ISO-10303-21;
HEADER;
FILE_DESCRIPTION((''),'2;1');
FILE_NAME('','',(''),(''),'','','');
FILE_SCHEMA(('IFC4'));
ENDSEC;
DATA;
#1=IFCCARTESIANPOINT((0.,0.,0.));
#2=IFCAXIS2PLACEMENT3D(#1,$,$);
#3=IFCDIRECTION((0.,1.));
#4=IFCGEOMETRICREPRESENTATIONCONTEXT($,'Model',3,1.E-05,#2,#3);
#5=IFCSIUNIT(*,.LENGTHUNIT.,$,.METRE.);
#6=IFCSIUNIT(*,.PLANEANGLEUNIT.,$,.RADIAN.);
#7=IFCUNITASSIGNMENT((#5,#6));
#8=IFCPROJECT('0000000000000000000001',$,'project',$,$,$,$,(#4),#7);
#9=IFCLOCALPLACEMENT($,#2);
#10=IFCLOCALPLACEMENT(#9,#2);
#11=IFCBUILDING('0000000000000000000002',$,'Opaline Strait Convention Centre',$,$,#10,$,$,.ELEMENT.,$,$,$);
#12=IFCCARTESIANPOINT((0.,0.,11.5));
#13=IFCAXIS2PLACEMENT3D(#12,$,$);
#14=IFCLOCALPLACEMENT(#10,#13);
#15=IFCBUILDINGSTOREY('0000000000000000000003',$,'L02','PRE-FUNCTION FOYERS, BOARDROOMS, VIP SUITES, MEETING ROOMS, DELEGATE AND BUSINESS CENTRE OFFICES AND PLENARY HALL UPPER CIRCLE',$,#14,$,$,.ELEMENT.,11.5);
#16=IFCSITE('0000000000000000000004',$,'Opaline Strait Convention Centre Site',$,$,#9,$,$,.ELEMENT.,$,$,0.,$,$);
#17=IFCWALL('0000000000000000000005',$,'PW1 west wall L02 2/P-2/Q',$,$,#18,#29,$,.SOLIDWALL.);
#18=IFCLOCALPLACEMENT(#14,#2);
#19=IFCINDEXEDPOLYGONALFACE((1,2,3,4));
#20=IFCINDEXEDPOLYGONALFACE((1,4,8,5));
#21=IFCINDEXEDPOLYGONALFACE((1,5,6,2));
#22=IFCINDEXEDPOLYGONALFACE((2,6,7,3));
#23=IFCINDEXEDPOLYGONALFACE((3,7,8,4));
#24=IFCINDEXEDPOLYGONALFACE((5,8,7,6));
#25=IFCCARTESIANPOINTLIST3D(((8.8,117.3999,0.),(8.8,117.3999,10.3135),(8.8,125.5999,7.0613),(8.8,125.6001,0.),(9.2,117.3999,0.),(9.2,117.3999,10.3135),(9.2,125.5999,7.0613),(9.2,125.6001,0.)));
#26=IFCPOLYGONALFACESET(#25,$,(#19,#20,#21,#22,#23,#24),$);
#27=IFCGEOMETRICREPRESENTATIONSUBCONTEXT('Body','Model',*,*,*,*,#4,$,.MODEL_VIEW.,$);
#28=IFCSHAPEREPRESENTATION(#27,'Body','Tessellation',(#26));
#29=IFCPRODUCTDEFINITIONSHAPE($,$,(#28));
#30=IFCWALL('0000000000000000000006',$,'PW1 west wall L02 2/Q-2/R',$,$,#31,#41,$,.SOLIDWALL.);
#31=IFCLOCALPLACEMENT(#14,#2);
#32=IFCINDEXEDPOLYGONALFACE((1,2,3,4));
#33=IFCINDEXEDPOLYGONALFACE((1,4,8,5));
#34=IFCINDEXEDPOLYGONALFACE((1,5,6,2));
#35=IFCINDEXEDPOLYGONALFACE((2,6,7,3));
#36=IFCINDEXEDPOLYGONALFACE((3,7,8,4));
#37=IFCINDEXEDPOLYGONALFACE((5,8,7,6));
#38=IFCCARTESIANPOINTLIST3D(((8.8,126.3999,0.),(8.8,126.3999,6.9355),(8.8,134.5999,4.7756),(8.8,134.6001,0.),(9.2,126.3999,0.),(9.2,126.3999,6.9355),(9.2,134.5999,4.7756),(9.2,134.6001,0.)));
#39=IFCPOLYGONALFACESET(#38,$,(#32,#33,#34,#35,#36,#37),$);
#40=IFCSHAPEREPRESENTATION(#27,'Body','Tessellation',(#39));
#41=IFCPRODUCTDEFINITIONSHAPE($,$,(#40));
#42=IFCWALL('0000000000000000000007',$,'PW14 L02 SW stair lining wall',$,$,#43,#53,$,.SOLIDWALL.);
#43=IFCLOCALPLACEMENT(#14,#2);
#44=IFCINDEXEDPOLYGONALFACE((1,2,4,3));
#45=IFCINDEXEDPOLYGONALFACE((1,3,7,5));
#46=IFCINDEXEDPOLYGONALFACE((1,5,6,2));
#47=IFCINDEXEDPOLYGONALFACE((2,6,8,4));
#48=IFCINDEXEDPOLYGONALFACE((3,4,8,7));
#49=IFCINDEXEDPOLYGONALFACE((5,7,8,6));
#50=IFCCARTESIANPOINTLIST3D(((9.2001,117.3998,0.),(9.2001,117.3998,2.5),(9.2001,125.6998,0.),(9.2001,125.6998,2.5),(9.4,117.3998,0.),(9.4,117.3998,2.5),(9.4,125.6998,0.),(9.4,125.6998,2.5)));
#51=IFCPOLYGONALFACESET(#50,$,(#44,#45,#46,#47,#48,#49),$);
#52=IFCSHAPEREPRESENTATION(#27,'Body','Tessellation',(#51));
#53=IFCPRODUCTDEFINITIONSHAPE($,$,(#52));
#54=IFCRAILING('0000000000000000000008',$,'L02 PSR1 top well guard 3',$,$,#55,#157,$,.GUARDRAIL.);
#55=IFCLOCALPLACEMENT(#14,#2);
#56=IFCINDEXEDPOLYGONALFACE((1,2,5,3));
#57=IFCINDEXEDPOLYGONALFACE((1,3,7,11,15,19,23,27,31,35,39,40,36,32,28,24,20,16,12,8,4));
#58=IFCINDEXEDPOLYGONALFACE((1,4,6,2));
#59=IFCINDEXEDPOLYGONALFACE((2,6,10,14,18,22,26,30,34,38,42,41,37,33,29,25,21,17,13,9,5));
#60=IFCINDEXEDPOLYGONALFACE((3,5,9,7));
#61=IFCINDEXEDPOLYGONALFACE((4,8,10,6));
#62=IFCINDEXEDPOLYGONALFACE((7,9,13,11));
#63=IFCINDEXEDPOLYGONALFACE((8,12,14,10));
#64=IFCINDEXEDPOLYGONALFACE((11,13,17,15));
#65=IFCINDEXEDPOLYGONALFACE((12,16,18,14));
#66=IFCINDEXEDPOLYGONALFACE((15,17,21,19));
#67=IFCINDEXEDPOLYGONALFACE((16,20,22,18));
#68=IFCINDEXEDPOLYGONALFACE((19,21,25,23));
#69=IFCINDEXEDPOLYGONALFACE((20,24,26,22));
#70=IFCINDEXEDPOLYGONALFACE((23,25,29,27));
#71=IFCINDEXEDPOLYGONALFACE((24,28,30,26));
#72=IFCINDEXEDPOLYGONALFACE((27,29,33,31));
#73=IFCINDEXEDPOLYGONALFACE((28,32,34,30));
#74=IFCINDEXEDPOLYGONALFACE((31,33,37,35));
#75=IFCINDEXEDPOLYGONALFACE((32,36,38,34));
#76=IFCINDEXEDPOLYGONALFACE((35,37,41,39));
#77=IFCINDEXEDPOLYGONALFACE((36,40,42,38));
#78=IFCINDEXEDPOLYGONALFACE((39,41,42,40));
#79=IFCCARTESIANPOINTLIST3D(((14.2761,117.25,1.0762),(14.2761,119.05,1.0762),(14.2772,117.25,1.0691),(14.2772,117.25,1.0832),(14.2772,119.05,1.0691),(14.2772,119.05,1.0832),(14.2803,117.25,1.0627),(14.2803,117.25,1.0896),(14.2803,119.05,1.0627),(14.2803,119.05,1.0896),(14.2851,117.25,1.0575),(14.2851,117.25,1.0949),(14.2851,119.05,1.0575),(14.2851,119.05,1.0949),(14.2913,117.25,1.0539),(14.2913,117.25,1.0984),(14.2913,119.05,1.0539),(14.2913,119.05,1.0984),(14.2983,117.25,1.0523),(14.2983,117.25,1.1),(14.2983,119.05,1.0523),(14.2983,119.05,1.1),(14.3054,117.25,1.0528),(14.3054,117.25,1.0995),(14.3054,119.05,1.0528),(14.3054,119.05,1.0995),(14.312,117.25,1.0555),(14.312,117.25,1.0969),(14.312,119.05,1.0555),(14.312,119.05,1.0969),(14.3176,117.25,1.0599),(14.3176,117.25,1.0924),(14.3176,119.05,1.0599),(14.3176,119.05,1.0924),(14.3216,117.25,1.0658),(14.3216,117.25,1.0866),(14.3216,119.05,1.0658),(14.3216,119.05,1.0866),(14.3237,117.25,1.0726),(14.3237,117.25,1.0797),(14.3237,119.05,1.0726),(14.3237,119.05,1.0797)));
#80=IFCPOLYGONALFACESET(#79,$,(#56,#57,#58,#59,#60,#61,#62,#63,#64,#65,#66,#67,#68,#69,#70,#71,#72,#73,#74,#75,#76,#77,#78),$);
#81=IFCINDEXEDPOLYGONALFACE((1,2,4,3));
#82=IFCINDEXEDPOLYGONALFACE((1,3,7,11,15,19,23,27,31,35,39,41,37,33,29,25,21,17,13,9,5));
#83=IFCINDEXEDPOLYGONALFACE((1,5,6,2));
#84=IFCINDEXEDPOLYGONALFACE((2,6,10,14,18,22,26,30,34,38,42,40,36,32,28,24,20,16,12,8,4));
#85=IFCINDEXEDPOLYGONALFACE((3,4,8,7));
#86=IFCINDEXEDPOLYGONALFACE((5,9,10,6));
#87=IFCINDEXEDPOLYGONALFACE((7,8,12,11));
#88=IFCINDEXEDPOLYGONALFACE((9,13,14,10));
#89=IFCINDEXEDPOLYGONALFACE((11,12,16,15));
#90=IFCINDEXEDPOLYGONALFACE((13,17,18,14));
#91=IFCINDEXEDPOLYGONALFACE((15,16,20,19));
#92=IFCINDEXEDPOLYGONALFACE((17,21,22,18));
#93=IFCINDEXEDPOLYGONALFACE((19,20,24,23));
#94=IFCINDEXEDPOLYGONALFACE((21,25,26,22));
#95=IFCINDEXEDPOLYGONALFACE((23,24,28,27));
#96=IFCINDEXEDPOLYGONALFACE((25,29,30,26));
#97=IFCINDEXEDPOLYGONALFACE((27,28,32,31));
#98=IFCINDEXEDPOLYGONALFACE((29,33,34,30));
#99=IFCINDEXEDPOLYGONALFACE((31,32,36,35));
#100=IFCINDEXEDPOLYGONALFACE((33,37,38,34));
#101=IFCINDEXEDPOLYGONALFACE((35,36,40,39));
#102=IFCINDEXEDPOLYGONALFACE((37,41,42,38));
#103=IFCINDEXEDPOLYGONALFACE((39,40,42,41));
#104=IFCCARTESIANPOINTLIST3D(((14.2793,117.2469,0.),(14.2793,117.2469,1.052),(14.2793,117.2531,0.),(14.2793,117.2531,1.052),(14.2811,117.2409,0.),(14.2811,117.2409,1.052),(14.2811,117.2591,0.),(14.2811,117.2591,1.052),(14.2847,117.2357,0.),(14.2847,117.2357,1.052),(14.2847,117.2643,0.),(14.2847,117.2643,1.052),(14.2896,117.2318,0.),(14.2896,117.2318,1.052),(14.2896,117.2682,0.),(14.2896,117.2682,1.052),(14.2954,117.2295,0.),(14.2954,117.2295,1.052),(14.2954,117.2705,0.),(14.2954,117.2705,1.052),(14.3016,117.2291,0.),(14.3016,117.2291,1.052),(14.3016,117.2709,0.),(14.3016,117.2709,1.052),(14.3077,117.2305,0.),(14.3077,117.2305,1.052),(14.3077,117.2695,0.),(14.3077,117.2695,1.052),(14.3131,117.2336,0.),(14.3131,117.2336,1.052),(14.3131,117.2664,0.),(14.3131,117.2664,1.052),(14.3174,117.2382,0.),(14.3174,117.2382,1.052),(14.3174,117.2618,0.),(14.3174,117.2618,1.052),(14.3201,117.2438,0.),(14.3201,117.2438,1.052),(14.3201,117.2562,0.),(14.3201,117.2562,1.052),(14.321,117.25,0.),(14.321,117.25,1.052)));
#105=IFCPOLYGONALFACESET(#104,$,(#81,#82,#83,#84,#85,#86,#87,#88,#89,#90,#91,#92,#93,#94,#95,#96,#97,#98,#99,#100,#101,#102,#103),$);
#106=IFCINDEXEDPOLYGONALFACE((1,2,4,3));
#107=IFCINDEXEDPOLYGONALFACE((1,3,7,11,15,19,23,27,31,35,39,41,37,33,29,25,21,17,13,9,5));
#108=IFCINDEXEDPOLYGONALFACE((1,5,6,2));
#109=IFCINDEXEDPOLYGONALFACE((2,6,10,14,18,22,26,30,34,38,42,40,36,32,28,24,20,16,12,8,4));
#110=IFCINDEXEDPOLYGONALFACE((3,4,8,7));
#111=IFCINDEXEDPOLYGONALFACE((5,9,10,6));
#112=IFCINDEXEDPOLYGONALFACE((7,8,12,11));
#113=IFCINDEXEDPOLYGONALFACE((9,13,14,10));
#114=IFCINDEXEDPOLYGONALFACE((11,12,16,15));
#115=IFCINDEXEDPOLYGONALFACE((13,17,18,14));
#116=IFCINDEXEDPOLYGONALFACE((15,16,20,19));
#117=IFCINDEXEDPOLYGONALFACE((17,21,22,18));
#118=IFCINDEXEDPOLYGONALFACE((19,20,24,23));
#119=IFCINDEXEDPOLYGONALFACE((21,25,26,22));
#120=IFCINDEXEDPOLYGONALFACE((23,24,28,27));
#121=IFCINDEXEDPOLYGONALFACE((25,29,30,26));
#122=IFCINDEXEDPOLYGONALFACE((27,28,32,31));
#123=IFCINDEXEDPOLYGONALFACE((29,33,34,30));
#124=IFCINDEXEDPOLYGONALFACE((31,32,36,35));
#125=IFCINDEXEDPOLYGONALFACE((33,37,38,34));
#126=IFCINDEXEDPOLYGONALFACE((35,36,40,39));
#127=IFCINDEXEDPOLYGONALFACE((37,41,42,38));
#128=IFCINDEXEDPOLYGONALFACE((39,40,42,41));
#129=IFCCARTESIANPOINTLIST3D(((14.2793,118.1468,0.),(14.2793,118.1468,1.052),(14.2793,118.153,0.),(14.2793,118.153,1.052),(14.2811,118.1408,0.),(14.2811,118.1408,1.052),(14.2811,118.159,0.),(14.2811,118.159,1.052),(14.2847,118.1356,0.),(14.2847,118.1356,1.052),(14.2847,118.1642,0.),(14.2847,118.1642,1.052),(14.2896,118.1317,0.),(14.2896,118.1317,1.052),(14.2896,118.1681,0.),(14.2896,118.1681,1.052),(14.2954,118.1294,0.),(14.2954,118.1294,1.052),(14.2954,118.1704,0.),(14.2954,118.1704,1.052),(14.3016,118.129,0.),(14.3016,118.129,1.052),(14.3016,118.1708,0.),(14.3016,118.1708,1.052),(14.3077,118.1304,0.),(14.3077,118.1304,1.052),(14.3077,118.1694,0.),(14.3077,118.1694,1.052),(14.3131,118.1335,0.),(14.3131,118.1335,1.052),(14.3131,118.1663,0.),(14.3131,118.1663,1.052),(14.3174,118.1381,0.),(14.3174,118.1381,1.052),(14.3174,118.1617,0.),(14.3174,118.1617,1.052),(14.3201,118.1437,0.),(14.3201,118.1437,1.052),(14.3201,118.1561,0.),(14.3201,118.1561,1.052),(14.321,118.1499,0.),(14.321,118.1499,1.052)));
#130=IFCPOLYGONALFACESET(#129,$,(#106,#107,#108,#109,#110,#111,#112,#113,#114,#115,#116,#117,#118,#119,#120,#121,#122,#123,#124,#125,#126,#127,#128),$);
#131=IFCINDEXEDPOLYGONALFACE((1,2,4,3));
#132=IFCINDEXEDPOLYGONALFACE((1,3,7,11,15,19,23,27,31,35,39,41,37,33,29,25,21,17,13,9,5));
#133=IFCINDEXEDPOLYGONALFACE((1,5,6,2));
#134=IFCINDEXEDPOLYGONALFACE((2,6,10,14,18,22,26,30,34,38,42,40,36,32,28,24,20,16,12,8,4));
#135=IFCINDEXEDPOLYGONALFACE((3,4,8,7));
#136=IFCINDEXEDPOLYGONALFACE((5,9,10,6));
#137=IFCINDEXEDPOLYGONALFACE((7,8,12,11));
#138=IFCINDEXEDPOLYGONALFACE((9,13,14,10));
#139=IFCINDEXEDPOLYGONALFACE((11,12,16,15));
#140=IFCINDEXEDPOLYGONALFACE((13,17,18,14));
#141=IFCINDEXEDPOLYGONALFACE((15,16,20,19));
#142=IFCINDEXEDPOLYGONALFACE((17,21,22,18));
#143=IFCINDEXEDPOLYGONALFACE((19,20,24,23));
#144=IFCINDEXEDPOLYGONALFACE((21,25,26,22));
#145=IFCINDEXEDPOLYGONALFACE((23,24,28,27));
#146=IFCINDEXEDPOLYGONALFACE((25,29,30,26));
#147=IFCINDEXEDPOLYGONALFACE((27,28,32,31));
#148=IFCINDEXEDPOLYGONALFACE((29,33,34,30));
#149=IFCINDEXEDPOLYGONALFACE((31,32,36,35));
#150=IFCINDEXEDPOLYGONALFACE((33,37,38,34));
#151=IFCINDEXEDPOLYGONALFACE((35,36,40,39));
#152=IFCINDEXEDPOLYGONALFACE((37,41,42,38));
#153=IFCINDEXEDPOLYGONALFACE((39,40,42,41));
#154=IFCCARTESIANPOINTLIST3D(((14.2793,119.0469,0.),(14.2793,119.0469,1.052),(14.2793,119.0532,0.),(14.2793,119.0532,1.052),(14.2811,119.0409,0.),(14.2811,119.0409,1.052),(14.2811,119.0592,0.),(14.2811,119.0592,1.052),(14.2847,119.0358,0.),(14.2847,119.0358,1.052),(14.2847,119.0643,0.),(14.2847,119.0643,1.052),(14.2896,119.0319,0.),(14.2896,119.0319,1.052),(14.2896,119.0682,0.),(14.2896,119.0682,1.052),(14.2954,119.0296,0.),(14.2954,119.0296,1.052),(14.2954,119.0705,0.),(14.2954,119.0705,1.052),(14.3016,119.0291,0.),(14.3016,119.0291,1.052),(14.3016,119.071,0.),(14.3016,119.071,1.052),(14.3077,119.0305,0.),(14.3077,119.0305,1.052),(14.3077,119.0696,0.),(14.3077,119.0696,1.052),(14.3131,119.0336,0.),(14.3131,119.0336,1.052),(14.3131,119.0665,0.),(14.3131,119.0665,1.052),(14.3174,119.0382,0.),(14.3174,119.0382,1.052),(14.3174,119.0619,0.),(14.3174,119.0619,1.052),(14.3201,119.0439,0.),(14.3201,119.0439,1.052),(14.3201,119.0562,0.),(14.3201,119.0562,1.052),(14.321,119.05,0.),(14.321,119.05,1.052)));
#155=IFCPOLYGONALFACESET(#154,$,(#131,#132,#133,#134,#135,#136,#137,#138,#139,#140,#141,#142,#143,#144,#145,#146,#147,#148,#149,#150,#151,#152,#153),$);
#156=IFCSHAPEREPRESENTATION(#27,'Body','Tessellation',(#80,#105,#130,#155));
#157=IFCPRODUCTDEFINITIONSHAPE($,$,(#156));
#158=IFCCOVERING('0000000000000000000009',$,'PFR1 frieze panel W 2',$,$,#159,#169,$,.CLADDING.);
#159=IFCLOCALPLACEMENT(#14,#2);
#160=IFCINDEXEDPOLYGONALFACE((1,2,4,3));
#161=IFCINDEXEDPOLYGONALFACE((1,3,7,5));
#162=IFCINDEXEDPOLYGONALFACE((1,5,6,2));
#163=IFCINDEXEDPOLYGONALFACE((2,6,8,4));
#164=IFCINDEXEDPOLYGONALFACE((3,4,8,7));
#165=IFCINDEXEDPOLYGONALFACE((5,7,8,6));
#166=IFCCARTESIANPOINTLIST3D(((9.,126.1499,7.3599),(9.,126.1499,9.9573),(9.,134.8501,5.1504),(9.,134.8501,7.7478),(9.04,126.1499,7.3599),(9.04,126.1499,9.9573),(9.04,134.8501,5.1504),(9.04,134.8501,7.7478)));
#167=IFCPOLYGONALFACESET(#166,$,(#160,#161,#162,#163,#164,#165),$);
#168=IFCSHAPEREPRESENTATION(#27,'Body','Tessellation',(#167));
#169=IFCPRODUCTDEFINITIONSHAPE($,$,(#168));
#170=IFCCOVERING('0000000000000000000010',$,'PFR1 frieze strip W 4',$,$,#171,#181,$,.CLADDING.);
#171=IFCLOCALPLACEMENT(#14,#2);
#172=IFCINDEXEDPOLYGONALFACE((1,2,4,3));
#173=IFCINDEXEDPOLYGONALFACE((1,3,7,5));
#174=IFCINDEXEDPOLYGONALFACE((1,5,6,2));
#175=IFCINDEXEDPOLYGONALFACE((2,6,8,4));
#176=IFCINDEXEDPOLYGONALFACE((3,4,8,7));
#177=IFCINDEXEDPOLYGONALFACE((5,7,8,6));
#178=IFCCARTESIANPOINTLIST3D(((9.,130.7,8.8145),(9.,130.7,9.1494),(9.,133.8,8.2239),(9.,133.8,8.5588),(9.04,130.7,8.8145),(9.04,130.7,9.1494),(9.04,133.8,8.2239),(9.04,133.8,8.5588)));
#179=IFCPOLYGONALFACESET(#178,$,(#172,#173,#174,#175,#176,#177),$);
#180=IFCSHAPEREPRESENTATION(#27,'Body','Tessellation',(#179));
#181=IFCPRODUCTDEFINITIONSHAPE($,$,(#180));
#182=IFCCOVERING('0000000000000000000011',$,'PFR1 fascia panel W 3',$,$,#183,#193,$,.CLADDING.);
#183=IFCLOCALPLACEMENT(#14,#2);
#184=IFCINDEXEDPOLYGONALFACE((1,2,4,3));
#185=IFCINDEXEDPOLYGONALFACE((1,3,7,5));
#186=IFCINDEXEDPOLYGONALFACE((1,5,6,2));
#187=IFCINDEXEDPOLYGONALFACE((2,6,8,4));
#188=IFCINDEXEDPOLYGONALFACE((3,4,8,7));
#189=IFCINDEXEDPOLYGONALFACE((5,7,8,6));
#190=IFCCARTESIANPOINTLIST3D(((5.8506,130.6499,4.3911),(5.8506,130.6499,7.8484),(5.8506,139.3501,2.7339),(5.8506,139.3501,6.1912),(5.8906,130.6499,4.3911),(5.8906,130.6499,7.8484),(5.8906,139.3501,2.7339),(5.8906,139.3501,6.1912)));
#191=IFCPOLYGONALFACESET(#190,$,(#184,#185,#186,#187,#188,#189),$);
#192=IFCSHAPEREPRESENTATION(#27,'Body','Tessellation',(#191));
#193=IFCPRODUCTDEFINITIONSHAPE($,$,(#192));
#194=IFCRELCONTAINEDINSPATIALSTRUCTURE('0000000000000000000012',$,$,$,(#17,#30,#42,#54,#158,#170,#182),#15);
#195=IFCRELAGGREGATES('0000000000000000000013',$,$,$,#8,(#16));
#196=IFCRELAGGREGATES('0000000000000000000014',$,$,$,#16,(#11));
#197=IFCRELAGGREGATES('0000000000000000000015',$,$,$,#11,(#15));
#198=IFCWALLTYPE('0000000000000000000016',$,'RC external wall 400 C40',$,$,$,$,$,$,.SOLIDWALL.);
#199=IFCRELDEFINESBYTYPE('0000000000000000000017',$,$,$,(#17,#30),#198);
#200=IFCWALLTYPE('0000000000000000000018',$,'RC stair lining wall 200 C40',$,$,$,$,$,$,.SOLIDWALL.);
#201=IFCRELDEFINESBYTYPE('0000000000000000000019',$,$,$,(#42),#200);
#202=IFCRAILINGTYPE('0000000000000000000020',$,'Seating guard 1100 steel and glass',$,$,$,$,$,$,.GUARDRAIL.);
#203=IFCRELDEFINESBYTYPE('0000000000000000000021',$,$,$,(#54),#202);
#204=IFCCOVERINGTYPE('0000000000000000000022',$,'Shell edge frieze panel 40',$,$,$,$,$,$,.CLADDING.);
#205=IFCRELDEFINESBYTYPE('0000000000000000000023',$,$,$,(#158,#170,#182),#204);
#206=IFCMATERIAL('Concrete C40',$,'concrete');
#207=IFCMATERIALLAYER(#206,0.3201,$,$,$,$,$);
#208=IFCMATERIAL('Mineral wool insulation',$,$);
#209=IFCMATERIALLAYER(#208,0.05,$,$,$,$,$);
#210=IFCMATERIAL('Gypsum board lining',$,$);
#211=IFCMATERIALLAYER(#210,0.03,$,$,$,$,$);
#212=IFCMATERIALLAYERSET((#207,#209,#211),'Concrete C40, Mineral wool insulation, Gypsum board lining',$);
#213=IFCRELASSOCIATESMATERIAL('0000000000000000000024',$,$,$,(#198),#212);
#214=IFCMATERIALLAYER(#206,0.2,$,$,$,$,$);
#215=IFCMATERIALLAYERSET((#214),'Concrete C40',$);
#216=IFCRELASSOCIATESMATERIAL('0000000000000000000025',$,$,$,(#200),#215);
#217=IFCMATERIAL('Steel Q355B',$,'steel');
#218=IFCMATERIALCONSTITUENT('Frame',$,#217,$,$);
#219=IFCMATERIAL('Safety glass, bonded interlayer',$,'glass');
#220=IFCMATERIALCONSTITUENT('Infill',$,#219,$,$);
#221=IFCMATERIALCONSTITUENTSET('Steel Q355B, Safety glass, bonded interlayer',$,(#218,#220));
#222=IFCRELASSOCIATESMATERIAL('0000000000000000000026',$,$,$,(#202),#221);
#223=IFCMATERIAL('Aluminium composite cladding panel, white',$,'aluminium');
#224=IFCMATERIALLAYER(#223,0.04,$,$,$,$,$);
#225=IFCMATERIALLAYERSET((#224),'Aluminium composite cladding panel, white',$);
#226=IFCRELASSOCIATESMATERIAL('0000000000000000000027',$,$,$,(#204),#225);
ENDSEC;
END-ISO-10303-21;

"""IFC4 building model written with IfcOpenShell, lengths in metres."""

from ifc_helpers import new_model, si_unit, direction, frame, frame_2d, origin, origin_2d, place, context, subcontext, project, spatial, polyline, rectangle, circle, outline, extrude, material, layer, layer_set, constituent, constituent_set, type_object, element, save


model = new_model("IFC4")

# Units and contexts
model_context = context("Model", 3, precision=1e-05, world=origin(), true_north=direction((0.0, 1.0)))
body_context = subcontext(model_context, "Body", "Model", "MODEL_VIEW")
ifc_project = project(units=[si_unit("LENGTHUNIT", "METRE"), si_unit("PLANEANGLEUNIT", "RADIAN")], contexts=[model_context])

# Site, building, storey
site_placement = place(None, origin())
site = spatial("IfcSite", under=ifc_project, at=site_placement, Name="Opaline Strait Convention Centre Site", CompositionType="ELEMENT", RefElevation=0.0)
building_placement = place(site_placement, origin())
building = spatial("IfcBuilding", under=site, at=building_placement, Name="Opaline Strait Convention Centre", CompositionType="ELEMENT")
storey_placement = place(building_placement, frame((0.0, 0.0, 11.5)))
storey = spatial("IfcBuildingStorey", under=building, at=storey_placement, Name="L02", Description="PRE-FUNCTION FOYERS, BOARDROOMS, VIP SUITES, MEETING ROOMS, DELEGATE AND BUSINESS CENTRE OFFICES AND PLENARY HALL UPPER CIRCLE", CompositionType="ELEMENT", Elevation=11.5)

# Shared definitions
ifc_material_1 = material(Name="Concrete C40", Category="concrete")

# Shared definitions
ifc_material_2 = material(Name="Steel Q355B", Category="steel")

# Walls
ifc_layer_1 = layer(ifc_material_1, 0.3201)
ifc_material_3 = material(Name="Mineral wool insulation")
ifc_layer_2 = layer(ifc_material_3, 0.05)
ifc_material_4 = material(Name="Gypsum board lining")
ifc_layer_3 = layer(ifc_material_4, 0.03)
ifc_layer_set_1 = layer_set([ifc_layer_1, ifc_layer_2, ifc_layer_3], Name="Concrete C40, Mineral wool insulation, Gypsum board lining")
wall_type_1 = type_object("IfcWallType", Name="RC external wall 400 C40", PredefinedType="SOLIDWALL", material=ifc_layer_set_1)
wall_1_placement = place(storey_placement, frame((9.0, 117.3999, 0.0), z_axis=(0.0, 0.0, 1.0), x_axis=(0.0, 1.0, 0.0)))
element("IfcWall", 1, at=wall_1_placement, inside=storey, type_object=wall_type_1, Name="PW1 west wall L02 2/P-2/Q", PredefinedType="SOLIDWALL", context=body_context, shape_type="SweptSolid", body=[
    extrude(outline(polyline([(0.0, 0.0), (8.2002, 0.0), (8.2, 7.0613), (0.0, 10.3135), (0.0, 0.0)])), frame((0.0, 0.2, 0.0), z_axis=(0.0, -1.0, 0.0), x_axis=(1.0, 0.0, 0.0)), (0.0, 0.0, 1.0), 0.3999),
])
wall_2_placement = place(storey_placement, frame((9.0, 126.3999, 0.0), z_axis=(0.0, 0.0, 1.0), x_axis=(0.0, 1.0, 0.0)))
element("IfcWall", 2, at=wall_2_placement, inside=storey, type_object=wall_type_1, Name="PW1 west wall L02 2/Q-2/R", PredefinedType="SOLIDWALL", context=body_context, shape_type="SweptSolid", body=[
    extrude(outline(polyline([(0.0, 0.0), (8.2002, 0.0), (8.2, 4.7756), (0.0, 6.9355), (0.0, 0.0)])), frame((0.0, 0.2, 0.0), z_axis=(0.0, -1.0, 0.0), x_axis=(1.0, 0.0, 0.0)), (0.0, 0.0, 1.0), 0.3999),
])

# Wall
ifc_layer_4 = layer(ifc_material_1, 0.2)
ifc_layer_set_2 = layer_set([ifc_layer_4], Name="Concrete C40")
wall_type_2 = type_object("IfcWallType", Name="RC stair lining wall 200 C40", PredefinedType="SOLIDWALL", material=ifc_layer_set_2)
wall_3_placement = place(storey_placement, frame((9.3, 117.3999, 0.0), z_axis=(0.0, 0.0, 1.0), x_axis=(0.0, 1.0, 0.0)))
element("IfcWall", 3, at=wall_3_placement, inside=storey, type_object=wall_type_2, Name="PW14 L02 SW stair lining wall", PredefinedType="SOLIDWALL", context=body_context, shape_type="SweptSolid", body=[
    extrude(rectangle(XDim=8.3, YDim=0.2, at=frame_2d((4.1499, 0.0))), origin(), (0.0, 0.0, 1.0), 2.5),
])

# Railing
ifc_constituent_1 = constituent(ifc_material_2, Name="Frame")
ifc_material_5 = material(Name="Safety glass, bonded interlayer", Category="glass")
ifc_constituent_2 = constituent(ifc_material_5, Name="Infill")
ifc_constituent_set = constituent_set(constituents=[ifc_constituent_1, ifc_constituent_2], Name="Steel Q355B, Safety glass, bonded interlayer")
railing_type = type_object("IfcRailingType", Name="Seating guard 1100 steel and glass", PredefinedType="GUARDRAIL", material=ifc_constituent_set)
railing_placement = place(storey_placement, frame((14.3, 117.25, 0.0)))
element("IfcRailing", 4, at=railing_placement, inside=storey, type_object=railing_type, Name="L02 PSR1 top well guard 3", PredefinedType="GUARDRAIL", context=body_context, shape_type="SweptSolid", body=[
    extrude(circle(Radius=0.0239, at=origin_2d()), frame((0.0, 0.0, 1.0762), z_axis=(0.0, 1.0, 0.0), x_axis=(-1.0, 0.0, 0.0)), (0.0, 0.0, 1.0), 1.8),
    extrude(circle(Radius=0.021, at=origin_2d()), origin(), (0.0, 0.0, 1.0), 1.052),
    extrude(circle(Radius=0.021, at=origin_2d()), frame((0.0, 0.8999, 0.0)), (0.0, 0.0, 1.0), 1.052),
    extrude(circle(Radius=0.021, at=origin_2d()), frame((0.0, 1.8, 0.0)), (0.0, 0.0, 1.0), 1.052),
])

# Coverings
ifc_material_6 = material(Name="Aluminium composite cladding panel, white", Category="aluminium")
ifc_layer_5 = layer(ifc_material_6, 0.04)
ifc_layer_set_3 = layer_set([ifc_layer_5], Name="Aluminium composite cladding panel, white")
covering_type = type_object("IfcCoveringType", Name="Shell edge frieze panel 40", PredefinedType="CLADDING", material=ifc_layer_set_3)
covering_1_placement = place(storey_placement, frame((9.0, 126.1499, 9.9573), z_axis=(-1.0, 0.0, 0.0), x_axis=(0.0, 0.969233, -0.246143)))
element("IfcCovering", 5, at=covering_1_placement, inside=storey, type_object=covering_type, Name="PFR1 frieze panel W 2", PredefinedType="CLADDING", context=body_context, shape_type="SweptSolid", body=[
    extrude(outline(polyline([(0.0, 0.0), (8.9764, 0.0), (9.6157, 2.5175), (0.6393, 2.5175), (0.0, 0.0)])), origin(), (0.0, 0.0, -1.0), 0.04),
])
covering_2_placement = place(storey_placement, frame((9.0, 130.7, 9.1494), z_axis=(-1.0, 0.0, 0.0), x_axis=(0.0, 0.982334, -0.187137)))
element("IfcCovering", 6, at=covering_2_placement, inside=storey, type_object=covering_type, Name="PFR1 frieze strip W 4", PredefinedType="CLADDING", context=body_context, shape_type="SweptSolid", body=[
    extrude(outline(polyline([(0.0, 0.0), (3.1558, 0.0), (3.2185, 0.329), (0.0627, 0.329), (0.0, 0.0)])), origin(), (0.0, 0.0, -1.0), 0.04),
])
covering_3_placement = place(storey_placement, frame((5.8506, 130.6499, 7.8484), z_axis=(-1.0, 0.0, 0.0), x_axis=(0.0, 0.982338, -0.187117)))
element("IfcCovering", 7, at=covering_3_placement, inside=storey, type_object=covering_type, Name="PFR1 fascia panel W 3", PredefinedType="CLADDING", context=body_context, shape_type="SweptSolid", body=[
    extrude(outline(polyline([(0.0, 0.0), (8.8566, 0.0), (9.5035, 3.3962), (0.6469, 3.3962), (0.0, 0.0)])), origin(), (0.0, 0.0, -1.0), 0.04),
])

save(model, "model.ifc")
